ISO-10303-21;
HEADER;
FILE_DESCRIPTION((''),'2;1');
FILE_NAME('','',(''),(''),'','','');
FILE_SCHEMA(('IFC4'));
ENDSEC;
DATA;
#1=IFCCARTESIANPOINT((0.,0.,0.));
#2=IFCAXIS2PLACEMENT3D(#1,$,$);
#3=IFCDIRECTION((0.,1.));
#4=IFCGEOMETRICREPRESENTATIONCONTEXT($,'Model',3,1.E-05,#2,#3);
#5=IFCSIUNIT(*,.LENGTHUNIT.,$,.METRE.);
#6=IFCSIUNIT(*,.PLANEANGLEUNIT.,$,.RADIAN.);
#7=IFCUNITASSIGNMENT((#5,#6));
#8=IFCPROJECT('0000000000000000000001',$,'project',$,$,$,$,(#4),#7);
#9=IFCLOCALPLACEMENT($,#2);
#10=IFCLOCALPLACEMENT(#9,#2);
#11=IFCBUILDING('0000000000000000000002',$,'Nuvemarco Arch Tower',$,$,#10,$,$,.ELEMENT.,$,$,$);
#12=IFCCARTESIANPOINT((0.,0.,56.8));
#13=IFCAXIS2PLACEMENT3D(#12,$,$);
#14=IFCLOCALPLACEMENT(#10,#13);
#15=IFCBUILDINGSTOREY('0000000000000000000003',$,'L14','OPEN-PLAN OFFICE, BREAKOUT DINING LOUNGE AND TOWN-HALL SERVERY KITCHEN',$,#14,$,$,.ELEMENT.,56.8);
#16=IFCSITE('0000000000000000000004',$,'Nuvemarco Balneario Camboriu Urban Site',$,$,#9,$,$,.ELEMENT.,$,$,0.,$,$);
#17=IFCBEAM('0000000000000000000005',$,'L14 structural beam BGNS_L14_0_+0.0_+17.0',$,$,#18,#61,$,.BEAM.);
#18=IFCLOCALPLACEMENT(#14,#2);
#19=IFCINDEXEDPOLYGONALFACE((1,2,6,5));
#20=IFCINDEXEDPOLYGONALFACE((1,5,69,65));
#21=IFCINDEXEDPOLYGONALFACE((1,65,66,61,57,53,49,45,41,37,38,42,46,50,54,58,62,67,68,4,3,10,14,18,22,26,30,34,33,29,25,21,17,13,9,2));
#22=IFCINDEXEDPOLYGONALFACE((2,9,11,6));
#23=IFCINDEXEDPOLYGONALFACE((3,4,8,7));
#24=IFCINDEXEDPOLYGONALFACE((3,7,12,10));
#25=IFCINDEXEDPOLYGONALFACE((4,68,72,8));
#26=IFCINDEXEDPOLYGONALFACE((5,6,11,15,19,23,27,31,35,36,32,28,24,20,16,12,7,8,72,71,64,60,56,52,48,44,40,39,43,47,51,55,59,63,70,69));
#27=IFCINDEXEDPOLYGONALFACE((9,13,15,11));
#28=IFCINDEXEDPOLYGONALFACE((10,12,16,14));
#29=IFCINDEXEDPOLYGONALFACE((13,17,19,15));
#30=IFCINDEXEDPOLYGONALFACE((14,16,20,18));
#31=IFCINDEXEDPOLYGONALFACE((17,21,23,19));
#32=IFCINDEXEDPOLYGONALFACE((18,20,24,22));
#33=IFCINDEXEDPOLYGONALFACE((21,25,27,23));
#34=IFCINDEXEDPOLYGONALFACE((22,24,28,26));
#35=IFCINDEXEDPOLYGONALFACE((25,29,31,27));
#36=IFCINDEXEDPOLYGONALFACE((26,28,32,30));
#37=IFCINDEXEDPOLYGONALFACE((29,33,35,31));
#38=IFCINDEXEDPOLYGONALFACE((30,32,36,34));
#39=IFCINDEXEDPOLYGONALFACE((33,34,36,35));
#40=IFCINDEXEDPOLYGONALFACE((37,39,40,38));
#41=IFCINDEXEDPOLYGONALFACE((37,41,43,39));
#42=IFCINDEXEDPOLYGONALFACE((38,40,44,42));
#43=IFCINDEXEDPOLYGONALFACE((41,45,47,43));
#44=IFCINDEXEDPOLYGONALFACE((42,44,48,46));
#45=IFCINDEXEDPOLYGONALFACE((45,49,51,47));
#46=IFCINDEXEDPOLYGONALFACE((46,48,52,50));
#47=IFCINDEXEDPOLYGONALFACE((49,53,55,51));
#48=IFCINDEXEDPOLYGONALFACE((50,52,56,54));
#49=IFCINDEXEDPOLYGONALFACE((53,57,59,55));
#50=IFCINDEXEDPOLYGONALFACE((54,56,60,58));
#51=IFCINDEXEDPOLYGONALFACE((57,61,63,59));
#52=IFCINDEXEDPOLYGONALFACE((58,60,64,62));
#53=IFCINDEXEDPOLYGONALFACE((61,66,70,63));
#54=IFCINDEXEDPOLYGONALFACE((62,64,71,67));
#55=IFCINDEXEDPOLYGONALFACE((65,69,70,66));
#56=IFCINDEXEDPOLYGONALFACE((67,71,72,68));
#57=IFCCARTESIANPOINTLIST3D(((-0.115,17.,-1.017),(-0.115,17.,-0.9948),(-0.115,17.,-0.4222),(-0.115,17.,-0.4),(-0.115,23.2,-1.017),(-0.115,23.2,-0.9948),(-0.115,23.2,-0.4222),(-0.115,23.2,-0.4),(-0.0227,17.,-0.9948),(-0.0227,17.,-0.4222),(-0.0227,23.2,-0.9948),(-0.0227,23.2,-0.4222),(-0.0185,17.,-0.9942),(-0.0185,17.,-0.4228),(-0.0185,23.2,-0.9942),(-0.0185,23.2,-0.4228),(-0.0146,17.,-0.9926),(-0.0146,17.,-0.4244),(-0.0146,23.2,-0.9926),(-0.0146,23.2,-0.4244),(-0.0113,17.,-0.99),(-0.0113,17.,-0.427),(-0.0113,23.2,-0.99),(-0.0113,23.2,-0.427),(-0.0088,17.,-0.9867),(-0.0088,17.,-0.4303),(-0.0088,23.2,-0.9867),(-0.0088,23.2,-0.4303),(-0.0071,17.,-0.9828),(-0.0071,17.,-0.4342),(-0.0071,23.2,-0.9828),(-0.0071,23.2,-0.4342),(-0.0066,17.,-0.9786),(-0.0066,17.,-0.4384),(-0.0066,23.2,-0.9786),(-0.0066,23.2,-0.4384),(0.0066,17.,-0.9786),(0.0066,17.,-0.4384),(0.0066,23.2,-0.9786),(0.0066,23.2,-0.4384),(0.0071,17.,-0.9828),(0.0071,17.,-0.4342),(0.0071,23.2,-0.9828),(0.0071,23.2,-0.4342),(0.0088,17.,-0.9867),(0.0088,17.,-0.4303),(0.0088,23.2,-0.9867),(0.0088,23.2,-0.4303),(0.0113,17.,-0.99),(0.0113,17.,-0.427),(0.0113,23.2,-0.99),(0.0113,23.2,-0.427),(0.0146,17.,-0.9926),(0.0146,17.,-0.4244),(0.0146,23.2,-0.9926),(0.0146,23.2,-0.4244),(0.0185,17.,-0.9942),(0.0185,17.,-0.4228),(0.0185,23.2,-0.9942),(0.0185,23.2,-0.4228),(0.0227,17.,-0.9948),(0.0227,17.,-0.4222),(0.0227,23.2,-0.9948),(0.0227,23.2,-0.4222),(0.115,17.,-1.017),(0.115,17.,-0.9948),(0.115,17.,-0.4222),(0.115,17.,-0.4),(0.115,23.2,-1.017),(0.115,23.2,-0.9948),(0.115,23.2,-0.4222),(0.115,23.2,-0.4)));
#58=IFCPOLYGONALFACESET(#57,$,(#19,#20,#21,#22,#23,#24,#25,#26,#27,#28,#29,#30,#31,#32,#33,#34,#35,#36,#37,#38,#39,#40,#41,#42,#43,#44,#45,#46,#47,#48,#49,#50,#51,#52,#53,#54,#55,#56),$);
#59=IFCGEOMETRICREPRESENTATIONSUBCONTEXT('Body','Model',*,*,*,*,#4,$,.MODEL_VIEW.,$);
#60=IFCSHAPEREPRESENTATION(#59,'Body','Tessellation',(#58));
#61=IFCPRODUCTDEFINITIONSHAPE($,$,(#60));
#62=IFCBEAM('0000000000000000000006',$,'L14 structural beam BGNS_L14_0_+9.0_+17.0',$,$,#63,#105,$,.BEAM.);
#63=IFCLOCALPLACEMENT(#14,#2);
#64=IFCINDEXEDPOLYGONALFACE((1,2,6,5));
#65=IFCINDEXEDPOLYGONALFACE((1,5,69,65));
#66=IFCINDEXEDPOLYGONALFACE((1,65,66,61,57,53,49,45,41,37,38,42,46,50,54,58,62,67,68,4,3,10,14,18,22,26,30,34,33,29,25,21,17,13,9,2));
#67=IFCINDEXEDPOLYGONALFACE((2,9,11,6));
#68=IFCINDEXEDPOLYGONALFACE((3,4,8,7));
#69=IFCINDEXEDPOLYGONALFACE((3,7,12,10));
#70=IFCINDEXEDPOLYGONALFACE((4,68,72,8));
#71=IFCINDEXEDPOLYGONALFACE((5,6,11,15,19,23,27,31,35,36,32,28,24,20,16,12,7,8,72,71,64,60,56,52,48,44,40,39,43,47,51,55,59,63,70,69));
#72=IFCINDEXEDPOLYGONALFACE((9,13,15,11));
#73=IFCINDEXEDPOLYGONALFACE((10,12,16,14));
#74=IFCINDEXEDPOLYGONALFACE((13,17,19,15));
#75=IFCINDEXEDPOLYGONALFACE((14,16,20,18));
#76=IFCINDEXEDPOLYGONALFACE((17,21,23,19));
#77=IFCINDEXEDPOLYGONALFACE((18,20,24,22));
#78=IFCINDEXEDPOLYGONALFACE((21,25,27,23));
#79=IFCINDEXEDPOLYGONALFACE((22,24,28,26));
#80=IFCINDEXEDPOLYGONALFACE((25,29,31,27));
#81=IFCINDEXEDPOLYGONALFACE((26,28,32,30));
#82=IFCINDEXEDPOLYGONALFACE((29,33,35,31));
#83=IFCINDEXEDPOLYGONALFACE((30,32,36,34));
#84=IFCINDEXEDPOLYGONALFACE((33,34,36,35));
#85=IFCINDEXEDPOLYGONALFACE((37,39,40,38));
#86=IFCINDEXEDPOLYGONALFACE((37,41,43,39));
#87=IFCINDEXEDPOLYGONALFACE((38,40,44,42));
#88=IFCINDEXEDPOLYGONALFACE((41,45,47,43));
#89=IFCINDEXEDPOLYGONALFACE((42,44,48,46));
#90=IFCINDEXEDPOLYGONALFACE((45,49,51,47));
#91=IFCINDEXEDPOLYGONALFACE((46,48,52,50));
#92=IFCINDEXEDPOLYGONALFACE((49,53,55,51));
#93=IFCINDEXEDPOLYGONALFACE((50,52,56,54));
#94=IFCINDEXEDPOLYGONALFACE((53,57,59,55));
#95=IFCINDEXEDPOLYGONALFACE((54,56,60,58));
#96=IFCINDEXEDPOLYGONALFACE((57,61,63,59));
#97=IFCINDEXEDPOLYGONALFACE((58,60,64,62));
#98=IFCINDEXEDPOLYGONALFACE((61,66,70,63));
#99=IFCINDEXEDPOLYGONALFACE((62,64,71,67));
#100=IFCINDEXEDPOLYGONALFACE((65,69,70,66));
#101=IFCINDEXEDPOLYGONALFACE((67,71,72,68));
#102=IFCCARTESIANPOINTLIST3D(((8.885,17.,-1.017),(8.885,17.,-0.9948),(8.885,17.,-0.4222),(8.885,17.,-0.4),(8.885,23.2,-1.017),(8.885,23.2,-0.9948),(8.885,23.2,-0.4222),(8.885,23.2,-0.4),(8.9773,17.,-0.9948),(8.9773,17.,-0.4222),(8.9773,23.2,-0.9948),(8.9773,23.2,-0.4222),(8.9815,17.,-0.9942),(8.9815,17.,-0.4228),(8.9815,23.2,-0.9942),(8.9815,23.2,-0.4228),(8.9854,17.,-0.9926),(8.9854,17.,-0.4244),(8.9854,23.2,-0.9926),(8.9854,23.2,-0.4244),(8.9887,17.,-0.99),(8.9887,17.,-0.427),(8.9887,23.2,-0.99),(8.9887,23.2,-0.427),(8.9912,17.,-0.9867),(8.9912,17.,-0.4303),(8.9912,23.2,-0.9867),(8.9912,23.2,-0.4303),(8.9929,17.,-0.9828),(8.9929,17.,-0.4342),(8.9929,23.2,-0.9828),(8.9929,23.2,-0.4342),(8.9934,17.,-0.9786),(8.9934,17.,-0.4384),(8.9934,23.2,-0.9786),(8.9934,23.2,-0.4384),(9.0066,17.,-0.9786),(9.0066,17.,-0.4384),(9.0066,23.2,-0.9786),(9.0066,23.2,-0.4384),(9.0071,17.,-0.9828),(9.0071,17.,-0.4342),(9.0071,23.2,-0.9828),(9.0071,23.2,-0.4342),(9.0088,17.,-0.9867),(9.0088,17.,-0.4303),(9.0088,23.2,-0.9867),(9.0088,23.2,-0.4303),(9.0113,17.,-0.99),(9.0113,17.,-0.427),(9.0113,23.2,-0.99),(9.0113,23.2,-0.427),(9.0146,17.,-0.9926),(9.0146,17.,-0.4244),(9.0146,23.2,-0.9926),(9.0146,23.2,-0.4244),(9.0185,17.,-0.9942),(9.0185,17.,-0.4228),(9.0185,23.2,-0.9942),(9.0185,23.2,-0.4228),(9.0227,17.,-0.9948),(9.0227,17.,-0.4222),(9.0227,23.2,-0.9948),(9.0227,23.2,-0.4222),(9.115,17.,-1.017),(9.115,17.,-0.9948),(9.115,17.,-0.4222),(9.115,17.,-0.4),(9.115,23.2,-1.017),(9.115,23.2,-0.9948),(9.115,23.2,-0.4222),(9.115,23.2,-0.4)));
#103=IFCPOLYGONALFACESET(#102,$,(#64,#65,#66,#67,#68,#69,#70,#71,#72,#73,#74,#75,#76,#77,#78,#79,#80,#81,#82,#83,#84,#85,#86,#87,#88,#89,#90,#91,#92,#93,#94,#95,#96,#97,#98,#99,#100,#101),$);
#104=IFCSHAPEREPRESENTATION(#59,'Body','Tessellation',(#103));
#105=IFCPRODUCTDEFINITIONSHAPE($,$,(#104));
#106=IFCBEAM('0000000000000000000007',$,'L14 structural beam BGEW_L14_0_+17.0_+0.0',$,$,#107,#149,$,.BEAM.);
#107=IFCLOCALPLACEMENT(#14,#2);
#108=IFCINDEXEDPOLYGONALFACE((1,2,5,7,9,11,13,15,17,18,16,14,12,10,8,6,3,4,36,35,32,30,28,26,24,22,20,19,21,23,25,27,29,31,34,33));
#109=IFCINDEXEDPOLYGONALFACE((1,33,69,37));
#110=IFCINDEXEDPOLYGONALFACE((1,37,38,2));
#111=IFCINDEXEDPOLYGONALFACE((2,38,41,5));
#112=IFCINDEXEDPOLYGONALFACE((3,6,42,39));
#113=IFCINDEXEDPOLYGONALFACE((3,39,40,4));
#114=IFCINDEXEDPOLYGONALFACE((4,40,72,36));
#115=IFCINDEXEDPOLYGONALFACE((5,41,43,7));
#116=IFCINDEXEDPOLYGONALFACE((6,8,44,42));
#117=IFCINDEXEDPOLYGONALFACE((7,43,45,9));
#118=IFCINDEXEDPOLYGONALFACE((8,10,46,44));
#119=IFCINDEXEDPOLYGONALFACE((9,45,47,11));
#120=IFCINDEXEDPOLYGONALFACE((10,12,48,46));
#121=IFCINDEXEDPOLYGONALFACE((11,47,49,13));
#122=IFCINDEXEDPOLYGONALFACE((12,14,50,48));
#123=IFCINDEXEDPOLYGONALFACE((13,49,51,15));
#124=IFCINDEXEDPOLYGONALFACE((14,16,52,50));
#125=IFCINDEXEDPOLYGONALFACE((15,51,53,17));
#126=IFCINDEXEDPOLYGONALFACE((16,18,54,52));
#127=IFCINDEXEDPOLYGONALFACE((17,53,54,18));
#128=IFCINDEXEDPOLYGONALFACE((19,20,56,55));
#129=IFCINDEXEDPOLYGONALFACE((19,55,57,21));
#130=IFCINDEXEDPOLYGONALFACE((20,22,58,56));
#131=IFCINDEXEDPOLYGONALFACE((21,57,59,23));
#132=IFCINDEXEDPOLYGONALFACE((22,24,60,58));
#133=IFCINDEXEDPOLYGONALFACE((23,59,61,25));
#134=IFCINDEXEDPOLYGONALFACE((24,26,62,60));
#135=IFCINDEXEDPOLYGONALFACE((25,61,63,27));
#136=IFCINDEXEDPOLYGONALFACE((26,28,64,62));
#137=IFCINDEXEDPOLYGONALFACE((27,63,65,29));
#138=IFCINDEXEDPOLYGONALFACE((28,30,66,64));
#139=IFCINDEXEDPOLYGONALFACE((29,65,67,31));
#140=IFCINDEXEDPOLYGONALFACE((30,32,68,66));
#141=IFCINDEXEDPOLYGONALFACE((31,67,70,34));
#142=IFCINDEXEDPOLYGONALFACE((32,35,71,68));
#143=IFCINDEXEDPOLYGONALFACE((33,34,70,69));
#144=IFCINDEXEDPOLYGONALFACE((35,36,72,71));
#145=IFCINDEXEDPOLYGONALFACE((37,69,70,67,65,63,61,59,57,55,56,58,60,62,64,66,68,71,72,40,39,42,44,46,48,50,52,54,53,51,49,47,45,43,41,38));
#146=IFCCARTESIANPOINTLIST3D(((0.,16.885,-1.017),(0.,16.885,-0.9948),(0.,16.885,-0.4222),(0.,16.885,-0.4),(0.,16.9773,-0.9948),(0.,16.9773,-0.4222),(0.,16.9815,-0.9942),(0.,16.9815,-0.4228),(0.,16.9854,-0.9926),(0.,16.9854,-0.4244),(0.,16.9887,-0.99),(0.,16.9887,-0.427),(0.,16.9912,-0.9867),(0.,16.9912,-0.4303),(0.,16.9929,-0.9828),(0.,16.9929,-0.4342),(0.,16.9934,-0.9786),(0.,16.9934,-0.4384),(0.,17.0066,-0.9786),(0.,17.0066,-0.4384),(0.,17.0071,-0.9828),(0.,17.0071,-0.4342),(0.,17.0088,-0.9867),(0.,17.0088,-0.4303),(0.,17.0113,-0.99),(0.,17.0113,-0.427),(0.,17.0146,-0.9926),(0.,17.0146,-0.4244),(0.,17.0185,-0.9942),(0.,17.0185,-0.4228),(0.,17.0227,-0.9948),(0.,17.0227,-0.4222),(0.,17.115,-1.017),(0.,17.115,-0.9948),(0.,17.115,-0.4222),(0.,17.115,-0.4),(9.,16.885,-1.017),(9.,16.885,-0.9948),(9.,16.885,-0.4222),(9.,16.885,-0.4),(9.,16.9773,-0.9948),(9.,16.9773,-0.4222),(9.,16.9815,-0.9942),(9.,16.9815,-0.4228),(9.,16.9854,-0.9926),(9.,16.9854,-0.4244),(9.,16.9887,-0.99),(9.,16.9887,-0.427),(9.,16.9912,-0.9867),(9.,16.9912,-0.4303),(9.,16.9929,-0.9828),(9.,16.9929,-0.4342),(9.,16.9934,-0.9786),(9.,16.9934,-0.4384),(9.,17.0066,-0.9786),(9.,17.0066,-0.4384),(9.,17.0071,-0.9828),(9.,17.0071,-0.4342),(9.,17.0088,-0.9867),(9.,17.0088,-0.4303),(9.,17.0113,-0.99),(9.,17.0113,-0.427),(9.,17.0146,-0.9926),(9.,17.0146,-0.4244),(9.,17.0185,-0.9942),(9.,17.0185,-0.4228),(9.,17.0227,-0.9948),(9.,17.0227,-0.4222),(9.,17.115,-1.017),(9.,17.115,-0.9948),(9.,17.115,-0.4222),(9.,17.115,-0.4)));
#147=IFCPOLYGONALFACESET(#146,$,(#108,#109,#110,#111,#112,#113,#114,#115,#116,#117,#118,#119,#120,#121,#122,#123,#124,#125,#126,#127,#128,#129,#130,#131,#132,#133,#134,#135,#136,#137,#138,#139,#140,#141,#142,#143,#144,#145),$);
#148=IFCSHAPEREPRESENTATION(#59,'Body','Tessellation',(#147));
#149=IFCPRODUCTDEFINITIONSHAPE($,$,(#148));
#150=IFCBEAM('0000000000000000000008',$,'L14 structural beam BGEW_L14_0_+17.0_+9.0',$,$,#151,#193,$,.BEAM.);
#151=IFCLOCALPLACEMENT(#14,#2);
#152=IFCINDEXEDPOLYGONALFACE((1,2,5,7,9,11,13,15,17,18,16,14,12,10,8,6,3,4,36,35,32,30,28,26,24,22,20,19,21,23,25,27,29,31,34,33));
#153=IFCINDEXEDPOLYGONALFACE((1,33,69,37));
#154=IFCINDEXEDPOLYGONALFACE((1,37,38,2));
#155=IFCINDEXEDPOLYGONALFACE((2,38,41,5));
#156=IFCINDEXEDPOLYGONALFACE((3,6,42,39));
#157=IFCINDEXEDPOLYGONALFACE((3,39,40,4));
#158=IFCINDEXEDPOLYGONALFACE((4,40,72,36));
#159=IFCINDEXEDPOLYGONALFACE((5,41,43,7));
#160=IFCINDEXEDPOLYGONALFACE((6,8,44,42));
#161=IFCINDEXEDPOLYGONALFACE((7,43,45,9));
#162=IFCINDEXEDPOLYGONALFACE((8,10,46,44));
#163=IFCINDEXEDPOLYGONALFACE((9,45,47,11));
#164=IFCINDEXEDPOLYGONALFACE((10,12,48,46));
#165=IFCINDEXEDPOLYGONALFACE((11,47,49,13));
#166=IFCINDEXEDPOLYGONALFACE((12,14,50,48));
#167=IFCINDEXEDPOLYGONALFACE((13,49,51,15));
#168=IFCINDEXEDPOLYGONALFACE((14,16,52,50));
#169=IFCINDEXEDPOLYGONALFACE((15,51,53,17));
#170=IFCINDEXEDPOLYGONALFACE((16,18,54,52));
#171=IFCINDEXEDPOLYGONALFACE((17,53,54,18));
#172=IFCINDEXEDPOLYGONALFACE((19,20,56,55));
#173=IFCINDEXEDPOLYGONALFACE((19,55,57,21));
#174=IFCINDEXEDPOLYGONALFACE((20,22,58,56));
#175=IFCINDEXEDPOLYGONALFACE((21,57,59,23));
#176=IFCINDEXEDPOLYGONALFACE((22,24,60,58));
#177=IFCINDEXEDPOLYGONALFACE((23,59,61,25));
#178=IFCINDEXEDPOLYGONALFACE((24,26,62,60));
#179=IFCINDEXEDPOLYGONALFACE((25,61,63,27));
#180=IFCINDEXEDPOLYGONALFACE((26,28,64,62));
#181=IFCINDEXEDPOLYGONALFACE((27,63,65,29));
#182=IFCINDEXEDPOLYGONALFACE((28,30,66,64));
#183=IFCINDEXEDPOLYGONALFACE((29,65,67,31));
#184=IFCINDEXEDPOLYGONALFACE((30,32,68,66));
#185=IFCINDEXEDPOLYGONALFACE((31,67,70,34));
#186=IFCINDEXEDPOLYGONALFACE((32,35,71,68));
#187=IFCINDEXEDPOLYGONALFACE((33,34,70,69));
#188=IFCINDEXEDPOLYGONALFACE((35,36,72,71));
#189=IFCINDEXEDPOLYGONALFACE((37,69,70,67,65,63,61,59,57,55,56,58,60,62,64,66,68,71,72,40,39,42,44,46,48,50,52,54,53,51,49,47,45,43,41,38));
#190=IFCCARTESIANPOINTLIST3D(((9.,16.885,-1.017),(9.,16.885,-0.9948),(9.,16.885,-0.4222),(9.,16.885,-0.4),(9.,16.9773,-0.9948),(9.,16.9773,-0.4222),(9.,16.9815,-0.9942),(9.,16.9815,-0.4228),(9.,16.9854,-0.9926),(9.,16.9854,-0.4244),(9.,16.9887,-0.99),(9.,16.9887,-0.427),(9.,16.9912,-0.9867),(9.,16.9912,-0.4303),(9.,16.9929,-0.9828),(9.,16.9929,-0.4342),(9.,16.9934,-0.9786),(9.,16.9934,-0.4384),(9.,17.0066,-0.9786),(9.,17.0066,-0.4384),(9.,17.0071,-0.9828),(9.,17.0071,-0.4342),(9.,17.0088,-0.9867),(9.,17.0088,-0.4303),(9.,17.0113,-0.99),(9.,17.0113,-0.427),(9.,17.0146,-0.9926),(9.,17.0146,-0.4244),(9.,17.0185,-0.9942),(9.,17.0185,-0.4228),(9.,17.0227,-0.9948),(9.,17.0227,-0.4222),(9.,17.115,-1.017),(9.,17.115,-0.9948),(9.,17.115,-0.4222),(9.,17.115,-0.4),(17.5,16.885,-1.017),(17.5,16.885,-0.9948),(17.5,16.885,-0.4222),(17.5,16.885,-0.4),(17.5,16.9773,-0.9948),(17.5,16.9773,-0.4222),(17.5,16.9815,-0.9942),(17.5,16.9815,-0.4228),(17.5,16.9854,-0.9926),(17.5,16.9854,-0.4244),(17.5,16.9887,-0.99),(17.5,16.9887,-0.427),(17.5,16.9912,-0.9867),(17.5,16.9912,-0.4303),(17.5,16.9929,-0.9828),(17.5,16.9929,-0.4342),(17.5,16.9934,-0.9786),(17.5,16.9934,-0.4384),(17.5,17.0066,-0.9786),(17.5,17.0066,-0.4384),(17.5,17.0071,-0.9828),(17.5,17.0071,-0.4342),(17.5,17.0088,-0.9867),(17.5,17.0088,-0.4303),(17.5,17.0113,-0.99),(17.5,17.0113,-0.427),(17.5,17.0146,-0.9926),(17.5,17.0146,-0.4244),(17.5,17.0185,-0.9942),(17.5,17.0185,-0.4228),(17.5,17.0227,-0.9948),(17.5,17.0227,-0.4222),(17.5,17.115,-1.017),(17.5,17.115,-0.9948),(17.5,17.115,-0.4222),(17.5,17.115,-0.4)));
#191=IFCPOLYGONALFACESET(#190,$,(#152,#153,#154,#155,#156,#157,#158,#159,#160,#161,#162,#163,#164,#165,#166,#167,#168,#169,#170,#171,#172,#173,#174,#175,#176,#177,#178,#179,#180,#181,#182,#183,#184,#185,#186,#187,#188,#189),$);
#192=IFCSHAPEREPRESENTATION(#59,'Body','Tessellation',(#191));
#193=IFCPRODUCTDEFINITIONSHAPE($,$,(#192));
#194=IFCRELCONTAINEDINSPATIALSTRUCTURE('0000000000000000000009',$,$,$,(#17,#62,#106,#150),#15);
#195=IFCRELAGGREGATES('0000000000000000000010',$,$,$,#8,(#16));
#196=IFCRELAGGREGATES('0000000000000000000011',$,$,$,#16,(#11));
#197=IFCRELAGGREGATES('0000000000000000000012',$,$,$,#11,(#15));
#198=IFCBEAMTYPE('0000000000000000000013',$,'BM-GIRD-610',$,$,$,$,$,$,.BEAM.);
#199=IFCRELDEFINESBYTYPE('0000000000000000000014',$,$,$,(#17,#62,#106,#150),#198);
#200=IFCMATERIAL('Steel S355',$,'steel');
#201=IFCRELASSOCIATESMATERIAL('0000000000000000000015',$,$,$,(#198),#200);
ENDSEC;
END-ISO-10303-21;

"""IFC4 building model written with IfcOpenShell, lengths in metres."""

from ifc_helpers import new_model, si_unit, direction, frame, origin, origin_2d, place, context, subcontext, project, spatial, i_section, extrude, material, material_profile, profile_set, type_object, element, save


model = new_model("IFC4")

# Units and contexts
model_context = context("Model", 3, precision=1e-05, world=origin(), true_north=direction((0.0, 1.0)))
body_context = subcontext(model_context, "Body", "Model", "MODEL_VIEW")
ifc_project = project(units=[si_unit("LENGTHUNIT", "METRE"), si_unit("PLANEANGLEUNIT", "RADIAN")], contexts=[model_context])

# Site, building, storey
site_placement = place(None, origin())
site = spatial("IfcSite", under=ifc_project, at=site_placement, Name="Nuvemarco Balneario Camboriu Urban Site", CompositionType="ELEMENT", RefElevation=0.0)
building_placement = place(site_placement, origin())
building = spatial("IfcBuilding", under=site, at=building_placement, Name="Nuvemarco Arch Tower", CompositionType="ELEMENT")
storey_placement = place(building_placement, frame((0.0, 0.0, 56.8)))
storey = spatial("IfcBuildingStorey", under=building, at=storey_placement, Name="L14", Description="OPEN-PLAN OFFICE, BREAKOUT DINING LOUNGE AND TOWN-HALL SERVERY KITCHEN", CompositionType="ELEMENT", Elevation=56.8)

# Shared definitions
ifc_material_1 = material(Name="Steel S355", Category="steel")

# Beams
ifc_material_profile_1 = material_profile(ifc_material_1, i_section(OverallWidth=0.23, OverallDepth=0.6169, WebThickness=0.0132, FlangeThickness=0.0222, FilletRadius=0.0161, at=origin_2d()), Name="W610x140")
ifc_profile_set_1 = profile_set([ifc_material_profile_1], Name="Steel S355")
beam_type_1 = type_object("IfcBeamType", Name="BM-GIRD-610", PredefinedType="BEAM", material=ifc_profile_set_1)
for number, where, z_axis, x_axis, name in (
    (1, (0.0, 17.0, -0.7085), (0.0, 1.0, 0.0), (-1.0, 0.0, 0.0), "L14 structural beam BGNS_L14_0_+0.0_+17.0"),
    (2, (9.0, 17.0, -0.7085), (0.0, 1.0, 0.0), (-1.0, 0.0, 0.0), "L14 structural beam BGNS_L14_0_+9.0_+17.0"),
):
    element("IfcBeam", number, at=place(storey_placement, frame(where, z_axis=z_axis, x_axis=x_axis)), inside=storey, type_object=beam_type_1, Name=name, PredefinedType="BEAM", context=body_context, shape_type="SweptSolid", body=[
        extrude(i_section(OverallWidth=0.23, OverallDepth=0.6169, WebThickness=0.0132, FlangeThickness=0.0222, FilletRadius=0.0161, at=origin_2d()), origin(), (0.0, 0.0, 1.0), 6.2),
    ])
beam_1_placement = place(storey_placement, frame((0.0, 17.0, -0.7085), z_axis=(1.0, 0.0, 0.0), x_axis=(0.0, 1.0, 0.0)))
element("IfcBeam", 3, at=beam_1_placement, inside=storey, type_object=beam_type_1, Name="L14 structural beam BGEW_L14_0_+17.0_+0.0", PredefinedType="BEAM", context=body_context, shape_type="SweptSolid", body=[
    extrude(i_section(OverallWidth=0.23, OverallDepth=0.6169, WebThickness=0.0132, FlangeThickness=0.0222, FilletRadius=0.0161, at=origin_2d()), origin(), (0.0, 0.0, 1.0), 9.0),
])
beam_2_placement = place(storey_placement, frame((9.0, 17.0, -0.7085), z_axis=(1.0, 0.0, 0.0), x_axis=(0.0, 1.0, 0.0)))
element("IfcBeam", 4, at=beam_2_placement, inside=storey, type_object=beam_type_1, Name="L14 structural beam BGEW_L14_0_+17.0_+9.0", PredefinedType="BEAM", context=body_context, shape_type="SweptSolid", body=[
    extrude(i_section(OverallWidth=0.23, OverallDepth=0.6169, WebThickness=0.0132, FlangeThickness=0.0222, FilletRadius=0.0161, at=origin_2d()), origin(), (0.0, 0.0, 1.0), 8.5),
])

save(model, "model.ifc")
